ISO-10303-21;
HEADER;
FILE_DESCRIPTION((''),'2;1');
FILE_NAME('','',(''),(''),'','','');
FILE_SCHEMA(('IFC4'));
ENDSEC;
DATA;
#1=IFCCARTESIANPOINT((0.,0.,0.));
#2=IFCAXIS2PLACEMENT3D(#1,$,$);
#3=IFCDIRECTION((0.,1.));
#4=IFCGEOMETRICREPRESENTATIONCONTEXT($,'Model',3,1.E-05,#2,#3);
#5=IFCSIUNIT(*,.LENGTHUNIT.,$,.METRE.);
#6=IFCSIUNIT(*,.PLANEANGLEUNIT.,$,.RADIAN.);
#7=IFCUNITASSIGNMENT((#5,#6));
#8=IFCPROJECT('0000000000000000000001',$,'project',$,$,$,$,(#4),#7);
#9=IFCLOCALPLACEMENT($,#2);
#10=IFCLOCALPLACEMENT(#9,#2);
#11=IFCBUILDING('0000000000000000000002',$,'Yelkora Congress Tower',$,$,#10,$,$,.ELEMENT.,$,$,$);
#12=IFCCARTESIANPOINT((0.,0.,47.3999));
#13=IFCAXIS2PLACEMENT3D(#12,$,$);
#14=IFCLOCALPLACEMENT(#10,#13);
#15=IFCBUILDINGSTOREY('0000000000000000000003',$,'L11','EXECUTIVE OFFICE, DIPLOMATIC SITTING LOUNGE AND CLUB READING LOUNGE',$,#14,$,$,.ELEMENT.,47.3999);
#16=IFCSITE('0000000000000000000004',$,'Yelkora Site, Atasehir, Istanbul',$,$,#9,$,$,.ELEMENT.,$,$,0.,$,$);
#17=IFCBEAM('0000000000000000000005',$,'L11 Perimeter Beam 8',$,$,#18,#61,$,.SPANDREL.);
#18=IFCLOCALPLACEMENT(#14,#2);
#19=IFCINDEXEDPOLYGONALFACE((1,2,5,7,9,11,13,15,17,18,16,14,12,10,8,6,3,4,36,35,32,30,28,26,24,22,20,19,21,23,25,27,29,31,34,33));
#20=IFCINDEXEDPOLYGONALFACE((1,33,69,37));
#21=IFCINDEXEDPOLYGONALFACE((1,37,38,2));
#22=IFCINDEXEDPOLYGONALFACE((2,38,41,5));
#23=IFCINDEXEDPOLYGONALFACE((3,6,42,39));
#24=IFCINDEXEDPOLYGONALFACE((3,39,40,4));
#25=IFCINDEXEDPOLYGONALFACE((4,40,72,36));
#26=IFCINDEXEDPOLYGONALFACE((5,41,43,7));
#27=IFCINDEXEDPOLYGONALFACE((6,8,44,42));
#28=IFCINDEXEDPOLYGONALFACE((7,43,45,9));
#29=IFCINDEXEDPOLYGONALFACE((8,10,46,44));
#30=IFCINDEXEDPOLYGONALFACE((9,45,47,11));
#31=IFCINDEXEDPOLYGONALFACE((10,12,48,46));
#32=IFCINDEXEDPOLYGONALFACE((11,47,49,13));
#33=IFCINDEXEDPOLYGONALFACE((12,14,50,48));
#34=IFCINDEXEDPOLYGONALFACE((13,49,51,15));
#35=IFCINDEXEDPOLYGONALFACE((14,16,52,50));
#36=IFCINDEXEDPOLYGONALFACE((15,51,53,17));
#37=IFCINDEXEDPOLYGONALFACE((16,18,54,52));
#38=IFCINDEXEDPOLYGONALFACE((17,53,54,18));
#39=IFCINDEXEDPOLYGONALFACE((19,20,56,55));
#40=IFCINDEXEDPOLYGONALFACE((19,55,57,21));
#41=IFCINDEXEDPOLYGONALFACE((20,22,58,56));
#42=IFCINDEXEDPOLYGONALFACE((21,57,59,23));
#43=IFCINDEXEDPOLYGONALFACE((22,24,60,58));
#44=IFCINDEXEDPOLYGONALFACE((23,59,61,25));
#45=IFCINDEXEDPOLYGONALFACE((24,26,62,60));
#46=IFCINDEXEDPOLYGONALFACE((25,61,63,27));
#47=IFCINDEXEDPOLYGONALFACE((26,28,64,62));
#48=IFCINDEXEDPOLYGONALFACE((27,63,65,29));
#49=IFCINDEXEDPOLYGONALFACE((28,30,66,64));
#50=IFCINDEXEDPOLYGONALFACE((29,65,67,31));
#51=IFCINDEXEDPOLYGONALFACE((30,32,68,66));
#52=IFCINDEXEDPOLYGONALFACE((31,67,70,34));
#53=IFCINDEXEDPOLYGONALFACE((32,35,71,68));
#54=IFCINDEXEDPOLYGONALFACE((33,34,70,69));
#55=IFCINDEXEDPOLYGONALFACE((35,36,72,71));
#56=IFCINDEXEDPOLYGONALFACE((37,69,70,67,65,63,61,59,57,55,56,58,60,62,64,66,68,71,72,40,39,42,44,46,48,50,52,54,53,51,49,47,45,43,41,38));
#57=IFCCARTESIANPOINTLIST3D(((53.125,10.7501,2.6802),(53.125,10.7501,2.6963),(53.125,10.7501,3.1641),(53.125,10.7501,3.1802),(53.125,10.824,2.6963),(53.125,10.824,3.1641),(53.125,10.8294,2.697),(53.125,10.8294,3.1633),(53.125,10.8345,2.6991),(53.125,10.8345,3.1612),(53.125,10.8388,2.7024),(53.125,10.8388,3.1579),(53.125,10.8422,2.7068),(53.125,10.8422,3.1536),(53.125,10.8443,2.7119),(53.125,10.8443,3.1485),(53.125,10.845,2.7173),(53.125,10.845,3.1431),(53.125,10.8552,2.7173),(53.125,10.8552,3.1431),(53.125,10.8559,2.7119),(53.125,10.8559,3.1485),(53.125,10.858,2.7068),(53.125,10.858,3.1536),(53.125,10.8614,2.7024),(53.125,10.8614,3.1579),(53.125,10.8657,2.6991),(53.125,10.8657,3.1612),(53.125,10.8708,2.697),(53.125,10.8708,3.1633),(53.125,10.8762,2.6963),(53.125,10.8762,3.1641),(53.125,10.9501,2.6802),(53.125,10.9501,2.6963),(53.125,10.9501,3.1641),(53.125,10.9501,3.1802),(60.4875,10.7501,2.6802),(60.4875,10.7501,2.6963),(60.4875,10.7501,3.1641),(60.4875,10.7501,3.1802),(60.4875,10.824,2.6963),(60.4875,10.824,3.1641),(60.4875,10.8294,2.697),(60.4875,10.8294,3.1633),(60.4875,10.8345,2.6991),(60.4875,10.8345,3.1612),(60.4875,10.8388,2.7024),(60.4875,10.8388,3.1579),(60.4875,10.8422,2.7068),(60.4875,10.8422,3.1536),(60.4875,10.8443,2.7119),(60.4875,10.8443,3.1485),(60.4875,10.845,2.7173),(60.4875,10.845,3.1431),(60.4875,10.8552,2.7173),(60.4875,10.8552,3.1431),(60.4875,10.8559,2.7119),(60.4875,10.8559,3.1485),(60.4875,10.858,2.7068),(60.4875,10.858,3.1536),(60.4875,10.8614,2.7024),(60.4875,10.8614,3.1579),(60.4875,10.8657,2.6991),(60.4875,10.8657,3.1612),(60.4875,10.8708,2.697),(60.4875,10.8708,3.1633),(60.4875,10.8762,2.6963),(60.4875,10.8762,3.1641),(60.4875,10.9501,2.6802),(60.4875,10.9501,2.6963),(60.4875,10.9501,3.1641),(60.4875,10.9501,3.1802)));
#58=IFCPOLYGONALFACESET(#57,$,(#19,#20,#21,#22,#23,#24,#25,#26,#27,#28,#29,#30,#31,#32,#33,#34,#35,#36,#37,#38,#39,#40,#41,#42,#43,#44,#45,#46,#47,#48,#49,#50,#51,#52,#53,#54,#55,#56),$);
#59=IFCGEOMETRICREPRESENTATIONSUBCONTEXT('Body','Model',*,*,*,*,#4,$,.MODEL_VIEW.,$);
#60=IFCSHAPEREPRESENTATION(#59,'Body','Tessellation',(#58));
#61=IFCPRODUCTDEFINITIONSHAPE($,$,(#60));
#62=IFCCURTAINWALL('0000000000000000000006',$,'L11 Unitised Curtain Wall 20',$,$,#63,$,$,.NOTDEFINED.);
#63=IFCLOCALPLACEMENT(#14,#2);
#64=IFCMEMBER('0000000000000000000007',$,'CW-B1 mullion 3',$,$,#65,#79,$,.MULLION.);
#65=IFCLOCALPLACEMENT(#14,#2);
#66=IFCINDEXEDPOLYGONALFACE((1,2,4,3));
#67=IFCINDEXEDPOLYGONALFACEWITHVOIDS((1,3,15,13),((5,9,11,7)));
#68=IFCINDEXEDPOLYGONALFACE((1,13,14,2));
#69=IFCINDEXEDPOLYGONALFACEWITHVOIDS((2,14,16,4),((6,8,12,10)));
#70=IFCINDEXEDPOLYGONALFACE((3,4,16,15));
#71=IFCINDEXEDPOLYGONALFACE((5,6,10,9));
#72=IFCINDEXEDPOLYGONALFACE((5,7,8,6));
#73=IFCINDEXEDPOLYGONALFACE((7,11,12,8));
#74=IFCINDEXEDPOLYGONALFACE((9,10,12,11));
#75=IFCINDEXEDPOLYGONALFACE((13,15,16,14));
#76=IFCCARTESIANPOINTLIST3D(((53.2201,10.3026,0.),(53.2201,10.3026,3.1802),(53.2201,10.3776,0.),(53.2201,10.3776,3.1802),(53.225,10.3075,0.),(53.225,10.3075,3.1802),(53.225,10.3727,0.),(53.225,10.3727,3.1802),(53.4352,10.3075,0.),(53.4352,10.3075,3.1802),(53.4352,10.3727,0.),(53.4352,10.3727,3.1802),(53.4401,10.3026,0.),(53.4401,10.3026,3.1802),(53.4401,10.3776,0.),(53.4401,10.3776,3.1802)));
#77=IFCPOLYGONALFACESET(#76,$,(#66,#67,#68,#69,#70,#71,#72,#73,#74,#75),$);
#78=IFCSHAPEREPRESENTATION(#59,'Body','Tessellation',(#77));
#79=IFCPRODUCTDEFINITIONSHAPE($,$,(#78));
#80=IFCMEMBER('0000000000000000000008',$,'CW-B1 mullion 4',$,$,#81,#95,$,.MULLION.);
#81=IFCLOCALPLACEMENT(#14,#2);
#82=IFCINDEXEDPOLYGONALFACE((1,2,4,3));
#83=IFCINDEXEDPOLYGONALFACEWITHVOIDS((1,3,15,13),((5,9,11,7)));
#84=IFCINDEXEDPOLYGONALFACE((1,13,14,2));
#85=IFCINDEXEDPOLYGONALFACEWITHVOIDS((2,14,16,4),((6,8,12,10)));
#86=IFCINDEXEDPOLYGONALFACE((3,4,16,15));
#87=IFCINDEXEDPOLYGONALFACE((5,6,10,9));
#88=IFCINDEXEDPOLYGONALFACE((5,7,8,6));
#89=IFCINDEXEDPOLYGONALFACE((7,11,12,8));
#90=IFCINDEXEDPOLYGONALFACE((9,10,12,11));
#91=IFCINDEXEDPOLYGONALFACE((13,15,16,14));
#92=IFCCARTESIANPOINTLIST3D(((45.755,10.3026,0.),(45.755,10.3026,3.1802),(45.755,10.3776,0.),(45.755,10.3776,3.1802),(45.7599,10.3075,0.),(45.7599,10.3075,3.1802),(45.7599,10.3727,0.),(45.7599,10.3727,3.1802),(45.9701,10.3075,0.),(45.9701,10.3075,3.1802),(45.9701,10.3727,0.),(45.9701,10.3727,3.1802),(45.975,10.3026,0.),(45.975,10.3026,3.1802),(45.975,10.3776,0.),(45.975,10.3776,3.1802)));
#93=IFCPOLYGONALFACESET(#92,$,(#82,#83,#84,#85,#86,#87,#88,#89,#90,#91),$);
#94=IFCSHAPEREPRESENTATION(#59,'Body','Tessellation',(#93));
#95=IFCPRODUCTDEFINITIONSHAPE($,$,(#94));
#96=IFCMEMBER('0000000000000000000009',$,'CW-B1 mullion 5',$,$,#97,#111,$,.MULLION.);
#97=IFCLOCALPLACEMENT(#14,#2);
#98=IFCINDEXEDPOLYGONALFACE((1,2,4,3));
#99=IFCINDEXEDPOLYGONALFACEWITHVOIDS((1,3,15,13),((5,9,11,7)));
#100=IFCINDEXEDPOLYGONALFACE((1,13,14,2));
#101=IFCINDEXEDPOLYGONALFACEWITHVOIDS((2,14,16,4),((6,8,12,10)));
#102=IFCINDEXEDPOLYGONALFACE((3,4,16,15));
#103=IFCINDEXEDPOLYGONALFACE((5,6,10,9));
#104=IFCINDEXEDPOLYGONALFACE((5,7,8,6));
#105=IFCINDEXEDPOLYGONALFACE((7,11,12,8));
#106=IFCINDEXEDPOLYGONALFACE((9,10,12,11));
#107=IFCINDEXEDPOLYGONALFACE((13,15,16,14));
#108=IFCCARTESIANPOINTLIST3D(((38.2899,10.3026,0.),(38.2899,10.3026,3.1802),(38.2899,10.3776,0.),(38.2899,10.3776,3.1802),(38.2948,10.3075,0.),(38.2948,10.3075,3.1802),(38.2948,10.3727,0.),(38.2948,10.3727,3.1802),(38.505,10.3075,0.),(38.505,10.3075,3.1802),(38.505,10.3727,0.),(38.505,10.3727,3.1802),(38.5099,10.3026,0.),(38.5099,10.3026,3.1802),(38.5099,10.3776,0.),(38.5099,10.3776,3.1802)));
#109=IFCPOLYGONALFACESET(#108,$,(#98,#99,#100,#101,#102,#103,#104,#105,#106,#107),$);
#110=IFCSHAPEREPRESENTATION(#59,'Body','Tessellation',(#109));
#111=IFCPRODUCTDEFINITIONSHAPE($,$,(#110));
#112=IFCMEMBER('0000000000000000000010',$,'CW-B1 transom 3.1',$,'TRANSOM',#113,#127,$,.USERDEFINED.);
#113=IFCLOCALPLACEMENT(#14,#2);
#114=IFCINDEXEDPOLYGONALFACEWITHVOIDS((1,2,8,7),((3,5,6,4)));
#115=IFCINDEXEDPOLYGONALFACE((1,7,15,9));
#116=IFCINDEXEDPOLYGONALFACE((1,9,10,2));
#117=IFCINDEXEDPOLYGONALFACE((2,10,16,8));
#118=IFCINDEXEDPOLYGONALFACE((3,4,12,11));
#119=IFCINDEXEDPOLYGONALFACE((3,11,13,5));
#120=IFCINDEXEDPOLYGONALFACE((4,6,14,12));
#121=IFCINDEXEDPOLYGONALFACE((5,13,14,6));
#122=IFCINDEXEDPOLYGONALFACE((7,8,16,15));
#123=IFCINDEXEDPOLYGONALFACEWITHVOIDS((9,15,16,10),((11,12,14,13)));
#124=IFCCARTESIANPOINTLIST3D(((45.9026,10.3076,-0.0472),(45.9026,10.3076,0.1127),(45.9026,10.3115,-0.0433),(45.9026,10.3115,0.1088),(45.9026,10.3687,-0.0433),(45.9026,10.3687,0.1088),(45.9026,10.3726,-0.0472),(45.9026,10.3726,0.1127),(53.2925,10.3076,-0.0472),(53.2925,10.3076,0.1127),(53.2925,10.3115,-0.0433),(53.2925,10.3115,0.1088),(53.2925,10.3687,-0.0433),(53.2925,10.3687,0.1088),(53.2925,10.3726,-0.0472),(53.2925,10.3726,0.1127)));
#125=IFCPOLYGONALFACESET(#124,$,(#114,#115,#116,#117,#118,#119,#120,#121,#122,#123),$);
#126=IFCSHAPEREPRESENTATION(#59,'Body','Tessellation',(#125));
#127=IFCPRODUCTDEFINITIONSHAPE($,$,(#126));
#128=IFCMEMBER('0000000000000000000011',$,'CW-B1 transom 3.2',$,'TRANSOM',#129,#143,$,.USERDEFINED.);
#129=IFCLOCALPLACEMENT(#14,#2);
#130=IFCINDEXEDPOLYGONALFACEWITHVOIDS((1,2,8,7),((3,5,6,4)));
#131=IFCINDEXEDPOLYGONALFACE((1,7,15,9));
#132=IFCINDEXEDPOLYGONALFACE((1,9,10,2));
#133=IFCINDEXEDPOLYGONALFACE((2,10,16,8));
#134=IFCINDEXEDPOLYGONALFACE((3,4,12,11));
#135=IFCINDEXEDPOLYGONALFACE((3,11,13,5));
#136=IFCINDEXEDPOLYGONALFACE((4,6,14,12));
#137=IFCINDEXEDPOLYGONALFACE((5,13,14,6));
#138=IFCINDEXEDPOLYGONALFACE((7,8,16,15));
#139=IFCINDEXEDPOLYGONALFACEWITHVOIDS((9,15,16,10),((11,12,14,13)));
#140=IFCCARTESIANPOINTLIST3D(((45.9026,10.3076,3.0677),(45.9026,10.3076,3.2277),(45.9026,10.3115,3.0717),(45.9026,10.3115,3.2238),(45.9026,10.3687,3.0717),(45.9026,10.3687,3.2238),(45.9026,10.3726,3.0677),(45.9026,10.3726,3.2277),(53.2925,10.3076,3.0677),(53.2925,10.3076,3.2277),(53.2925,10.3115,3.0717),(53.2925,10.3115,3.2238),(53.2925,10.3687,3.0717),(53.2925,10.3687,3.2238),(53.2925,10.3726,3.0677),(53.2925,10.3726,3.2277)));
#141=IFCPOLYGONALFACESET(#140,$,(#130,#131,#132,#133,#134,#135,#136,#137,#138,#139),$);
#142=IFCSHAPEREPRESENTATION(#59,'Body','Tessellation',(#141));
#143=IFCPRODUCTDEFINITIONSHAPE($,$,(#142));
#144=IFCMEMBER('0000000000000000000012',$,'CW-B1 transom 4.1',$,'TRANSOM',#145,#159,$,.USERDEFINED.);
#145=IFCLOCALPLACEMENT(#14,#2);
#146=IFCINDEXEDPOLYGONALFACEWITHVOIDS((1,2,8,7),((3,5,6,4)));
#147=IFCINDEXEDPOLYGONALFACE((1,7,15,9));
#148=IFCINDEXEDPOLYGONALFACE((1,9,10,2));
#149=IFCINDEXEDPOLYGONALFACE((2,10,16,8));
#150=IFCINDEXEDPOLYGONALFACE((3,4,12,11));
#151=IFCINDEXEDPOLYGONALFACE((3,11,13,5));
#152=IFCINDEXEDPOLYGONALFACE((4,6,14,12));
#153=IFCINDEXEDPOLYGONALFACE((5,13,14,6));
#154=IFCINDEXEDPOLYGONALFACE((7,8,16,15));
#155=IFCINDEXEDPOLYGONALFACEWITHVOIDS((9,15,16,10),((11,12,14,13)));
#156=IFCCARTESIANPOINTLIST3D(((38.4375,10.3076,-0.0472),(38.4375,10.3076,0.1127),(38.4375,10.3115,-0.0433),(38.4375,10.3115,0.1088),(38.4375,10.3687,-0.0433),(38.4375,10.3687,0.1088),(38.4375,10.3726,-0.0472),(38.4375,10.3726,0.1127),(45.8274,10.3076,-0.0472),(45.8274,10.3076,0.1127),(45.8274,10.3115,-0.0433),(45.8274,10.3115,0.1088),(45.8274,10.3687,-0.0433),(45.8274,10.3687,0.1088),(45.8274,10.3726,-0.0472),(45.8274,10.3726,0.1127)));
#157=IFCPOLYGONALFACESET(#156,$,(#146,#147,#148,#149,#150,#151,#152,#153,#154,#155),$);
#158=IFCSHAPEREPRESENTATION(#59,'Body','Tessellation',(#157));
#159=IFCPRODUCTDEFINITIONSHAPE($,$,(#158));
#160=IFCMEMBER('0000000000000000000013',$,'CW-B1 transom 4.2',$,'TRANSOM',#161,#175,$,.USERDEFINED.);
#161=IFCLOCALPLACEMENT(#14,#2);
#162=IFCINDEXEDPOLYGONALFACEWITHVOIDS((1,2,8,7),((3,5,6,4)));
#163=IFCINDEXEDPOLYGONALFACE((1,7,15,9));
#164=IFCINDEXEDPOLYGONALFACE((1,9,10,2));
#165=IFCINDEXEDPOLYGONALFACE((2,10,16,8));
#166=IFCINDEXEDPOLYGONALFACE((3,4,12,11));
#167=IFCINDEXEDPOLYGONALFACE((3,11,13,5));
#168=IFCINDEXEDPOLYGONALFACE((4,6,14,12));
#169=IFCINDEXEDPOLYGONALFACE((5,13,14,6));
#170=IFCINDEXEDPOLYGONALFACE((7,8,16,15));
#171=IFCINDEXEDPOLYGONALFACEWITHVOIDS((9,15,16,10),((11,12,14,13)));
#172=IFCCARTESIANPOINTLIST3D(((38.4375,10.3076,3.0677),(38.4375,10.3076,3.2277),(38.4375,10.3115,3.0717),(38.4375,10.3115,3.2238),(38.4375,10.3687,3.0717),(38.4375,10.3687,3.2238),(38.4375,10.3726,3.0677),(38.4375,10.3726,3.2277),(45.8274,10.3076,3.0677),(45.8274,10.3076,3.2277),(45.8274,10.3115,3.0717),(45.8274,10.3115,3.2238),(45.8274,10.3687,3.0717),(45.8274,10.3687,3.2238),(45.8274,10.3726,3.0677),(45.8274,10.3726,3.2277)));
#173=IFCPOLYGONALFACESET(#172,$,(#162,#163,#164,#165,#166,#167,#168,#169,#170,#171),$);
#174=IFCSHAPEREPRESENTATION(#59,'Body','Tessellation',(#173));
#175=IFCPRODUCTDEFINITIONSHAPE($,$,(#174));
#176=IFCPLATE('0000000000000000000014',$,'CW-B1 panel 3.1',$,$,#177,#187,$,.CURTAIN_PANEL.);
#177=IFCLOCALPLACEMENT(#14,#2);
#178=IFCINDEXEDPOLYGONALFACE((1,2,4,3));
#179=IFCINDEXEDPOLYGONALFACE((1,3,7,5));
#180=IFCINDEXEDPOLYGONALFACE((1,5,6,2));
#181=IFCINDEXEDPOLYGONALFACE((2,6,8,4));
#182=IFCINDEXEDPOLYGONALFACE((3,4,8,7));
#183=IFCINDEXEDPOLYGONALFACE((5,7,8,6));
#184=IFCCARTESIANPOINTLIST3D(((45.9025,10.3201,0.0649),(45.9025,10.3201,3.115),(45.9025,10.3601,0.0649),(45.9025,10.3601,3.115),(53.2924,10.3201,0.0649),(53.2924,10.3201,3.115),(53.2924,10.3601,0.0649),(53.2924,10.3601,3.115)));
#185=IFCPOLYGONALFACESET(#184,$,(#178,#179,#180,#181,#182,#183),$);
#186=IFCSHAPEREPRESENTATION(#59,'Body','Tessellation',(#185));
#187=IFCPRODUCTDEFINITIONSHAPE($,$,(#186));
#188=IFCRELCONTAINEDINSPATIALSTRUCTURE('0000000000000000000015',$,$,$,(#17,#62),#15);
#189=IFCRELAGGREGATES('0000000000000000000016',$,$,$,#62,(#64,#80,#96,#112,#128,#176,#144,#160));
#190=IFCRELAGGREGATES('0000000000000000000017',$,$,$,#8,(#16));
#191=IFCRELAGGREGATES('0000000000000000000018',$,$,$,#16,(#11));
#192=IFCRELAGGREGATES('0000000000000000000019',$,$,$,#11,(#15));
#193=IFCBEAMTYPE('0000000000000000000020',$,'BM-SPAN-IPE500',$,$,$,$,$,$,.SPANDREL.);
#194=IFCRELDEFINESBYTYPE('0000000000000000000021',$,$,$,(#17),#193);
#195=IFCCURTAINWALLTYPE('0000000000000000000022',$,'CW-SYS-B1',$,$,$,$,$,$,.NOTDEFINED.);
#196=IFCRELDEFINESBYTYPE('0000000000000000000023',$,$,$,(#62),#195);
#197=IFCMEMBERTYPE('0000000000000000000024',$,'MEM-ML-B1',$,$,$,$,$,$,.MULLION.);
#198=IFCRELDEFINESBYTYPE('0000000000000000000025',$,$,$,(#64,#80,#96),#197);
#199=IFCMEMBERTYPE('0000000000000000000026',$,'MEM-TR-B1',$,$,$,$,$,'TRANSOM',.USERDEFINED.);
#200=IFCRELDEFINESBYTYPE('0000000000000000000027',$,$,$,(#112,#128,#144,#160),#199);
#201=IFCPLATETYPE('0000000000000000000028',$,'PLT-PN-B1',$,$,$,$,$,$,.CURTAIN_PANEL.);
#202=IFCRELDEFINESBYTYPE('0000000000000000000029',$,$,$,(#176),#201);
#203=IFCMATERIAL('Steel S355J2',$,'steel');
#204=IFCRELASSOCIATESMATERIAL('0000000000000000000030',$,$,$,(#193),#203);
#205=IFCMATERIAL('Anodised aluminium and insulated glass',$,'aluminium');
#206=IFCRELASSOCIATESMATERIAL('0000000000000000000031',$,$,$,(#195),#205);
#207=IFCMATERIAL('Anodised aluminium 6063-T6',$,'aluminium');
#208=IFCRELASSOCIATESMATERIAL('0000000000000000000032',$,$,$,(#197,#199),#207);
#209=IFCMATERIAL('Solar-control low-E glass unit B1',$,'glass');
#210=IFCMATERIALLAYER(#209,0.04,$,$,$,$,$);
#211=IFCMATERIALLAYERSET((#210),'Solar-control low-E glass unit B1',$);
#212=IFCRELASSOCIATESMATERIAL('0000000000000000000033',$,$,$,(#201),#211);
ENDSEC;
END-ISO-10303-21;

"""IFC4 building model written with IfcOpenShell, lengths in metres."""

from ifc_helpers import new_model, si_unit, direction, frame, origin, origin_2d, place, context, subcontext, project, spatial, rectangle, hollow_rectangle, i_section, extrude, material, layer, layer_set, material_profile, profile_set, type_object, element, aggregate, save


model = new_model("IFC4")

# Units and contexts
model_context = context("Model", 3, precision=1e-05, world=origin(), true_north=direction((0.0, 1.0)))
body_context = subcontext(model_context, "Body", "Model", "MODEL_VIEW")
ifc_project = project(units=[si_unit("LENGTHUNIT", "METRE"), si_unit("PLANEANGLEUNIT", "RADIAN")], contexts=[model_context])

# Site, building, storey
site_placement = place(None, origin())
site = spatial("IfcSite", under=ifc_project, at=site_placement, Name="Yelkora Site, Atasehir, Istanbul", CompositionType="ELEMENT", RefElevation=0.0)
building_placement = place(site_placement, origin())
building = spatial("IfcBuilding", under=site, at=building_placement, Name="Yelkora Congress Tower", CompositionType="ELEMENT")
storey_placement = place(building_placement, frame((0.0, 0.0, 47.3999)))
storey = spatial("IfcBuildingStorey", under=building, at=storey_placement, Name="L11", Description="EXECUTIVE OFFICE, DIPLOMATIC SITTING LOUNGE AND CLUB READING LOUNGE", CompositionType="ELEMENT", Elevation=47.3999)

# Beam
ifc_material_1 = material(Name="Steel S355J2", Category="steel")
ifc_material_profile_1 = material_profile(ifc_material_1, i_section(OverallWidth=0.2, OverallDepth=0.5, WebThickness=0.0103, FlangeThickness=0.0161, FilletRadius=0.021, at=origin_2d()), Name="IPE 500")
ifc_profile_set_1 = profile_set([ifc_material_profile_1], Name="Steel S355J2")
beam_type_1 = type_object("IfcBeamType", Name="BM-SPAN-IPE500", PredefinedType="SPANDREL", material=ifc_profile_set_1)
for number, where, z_axis, x_axis, name in (
    (1, (53.125, 10.8501, 2.9302), (1.0, 0.0, 0.0), (0.0, 1.0, 0.0), "L11 Perimeter Beam 8"),
):
    element("IfcBeam", number, at=place(storey_placement, frame(where, z_axis=z_axis, x_axis=x_axis)), inside=storey, type_object=beam_type_1, Name=name, PredefinedType="SPANDREL", context=body_context, shape_type="SweptSolid", body=[
        extrude(i_section(OverallWidth=0.2, OverallDepth=0.5, WebThickness=0.0103, FlangeThickness=0.0161, FilletRadius=0.021, at=origin_2d()), origin(), (0.0, 0.0, 1.0), 7.3625),
    ])

# Curtain wall, members, plate
ifc_material_2 = material(Name="Anodised aluminium and insulated glass", Category="aluminium")
curtain_wall_type = type_object("IfcCurtainWallType", Name="CW-SYS-B1", PredefinedType="NOTDEFINED", material=ifc_material_2)
curtain_wall_placement = place(storey_placement, origin())
curtain_wall = element("IfcCurtainWall", 2, at=curtain_wall_placement, inside=storey, type_object=curtain_wall_type, Name="L11 Unitised Curtain Wall 20", PredefinedType="NOTDEFINED")
ifc_material_3 = material(Name="Anodised aluminium 6063-T6", Category="aluminium")
ifc_material_profile_2 = material_profile(ifc_material_3, hollow_rectangle(XDim=0.075, YDim=0.22, WallThickness=0.0049, at=origin_2d()), Name="ALU 75x220x5")
ifc_profile_set_2 = profile_set([ifc_material_profile_2], Name="Anodised aluminium 6063-T6")
member_type_1 = type_object("IfcMemberType", Name="MEM-ML-B1", PredefinedType="MULLION", material=ifc_profile_set_2)
member_1_placement = place(storey_placement, frame((53.3301, 10.3401, 0.0), z_axis=(0.0, 0.0, 1.0), x_axis=(0.0, -1.0, 0.0)))
member_1 = element("IfcMember", 3, at=member_1_placement, type_object=member_type_1, Name="CW-B1 mullion 3", PredefinedType="MULLION", context=body_context, shape_type="SweptSolid", body=[
    extrude(hollow_rectangle(XDim=0.075, YDim=0.22, WallThickness=0.0049, at=origin_2d()), origin(), (0.0, 0.0, 1.0), 3.1802),
])
member_2_placement = place(storey_placement, frame((45.865, 10.3401, 0.0), z_axis=(0.0, 0.0, 1.0), x_axis=(0.0, -1.0, 0.0)))
member_2 = element("IfcMember", 4, at=member_2_placement, type_object=member_type_1, Name="CW-B1 mullion 4", PredefinedType="MULLION", context=body_context, shape_type="SweptSolid", body=[
    extrude(hollow_rectangle(XDim=0.075, YDim=0.22, WallThickness=0.0049, at=origin_2d()), origin(), (0.0, 0.0, 1.0), 3.1802),
])
member_3_placement = place(storey_placement, frame((38.3999, 10.3401, 0.0), z_axis=(0.0, 0.0, 1.0), x_axis=(0.0, -1.0, 0.0)))
member_3 = element("IfcMember", 5, at=member_3_placement, type_object=member_type_1, Name="CW-B1 mullion 5", PredefinedType="MULLION", context=body_context, shape_type="SweptSolid", body=[
    extrude(hollow_rectangle(XDim=0.075, YDim=0.22, WallThickness=0.0049, at=origin_2d()), origin(), (0.0, 0.0, 1.0), 3.1802),
])
ifc_material_profile_3 = material_profile(ifc_material_3, hollow_rectangle(XDim=0.0649, YDim=0.1599, WallThickness=0.0039, at=origin_2d()), Name="ALU 65x160x4")
ifc_profile_set_3 = profile_set([ifc_material_profile_3], Name="Anodised aluminium 6063-T6")
member_type_2 = type_object("IfcMemberType", Name="MEM-TR-B1", ElementType="TRANSOM", PredefinedType="USERDEFINED", material=ifc_profile_set_3)
member_4_placement = place(storey_placement, frame((53.2925, 10.3401, 0.0327), z_axis=(-1.0, 0.0, 0.0), x_axis=(0.0, -1.0, 0.0)))
member_4 = element("IfcMember", 6, at=member_4_placement, type_object=member_type_2, Name="CW-B1 transom 3.1", ObjectType="TRANSOM", PredefinedType="USERDEFINED", context=body_context, shape_type="SweptSolid", body=[
    extrude(hollow_rectangle(XDim=0.0649, YDim=0.1599, WallThickness=0.0039, at=origin_2d()), origin(), (0.0, 0.0, 1.0), 7.3899),
])
member_5_placement = place(storey_placement, frame((53.2925, 10.3401, 3.1477), z_axis=(-1.0, 0.0, 0.0), x_axis=(0.0, -1.0, 0.0)))
member_5 = element("IfcMember", 7, at=member_5_placement, type_object=member_type_2, Name="CW-B1 transom 3.2", ObjectType="TRANSOM", PredefinedType="USERDEFINED", context=body_context, shape_type="SweptSolid", body=[
    extrude(hollow_rectangle(XDim=0.0649, YDim=0.1599, WallThickness=0.0039, at=origin_2d()), origin(), (0.0, 0.0, 1.0), 7.3899),
])
member_6_placement = place(storey_placement, frame((45.8274, 10.3401, 0.0327), z_axis=(-1.0, 0.0, 0.0), x_axis=(0.0, -1.0, 0.0)))
member_6 = element("IfcMember", 8, at=member_6_placement, type_object=member_type_2, Name="CW-B1 transom 4.1", ObjectType="TRANSOM", PredefinedType="USERDEFINED", context=body_context, shape_type="SweptSolid", body=[
    extrude(hollow_rectangle(XDim=0.0649, YDim=0.1599, WallThickness=0.0039, at=origin_2d()), origin(), (0.0, 0.0, 1.0), 7.3899),
])
member_7_placement = place(storey_placement, frame((45.8274, 10.3401, 3.1477), z_axis=(-1.0, 0.0, 0.0), x_axis=(0.0, -1.0, 0.0)))
member_7 = element("IfcMember", 9, at=member_7_placement, type_object=member_type_2, Name="CW-B1 transom 4.2", ObjectType="TRANSOM", PredefinedType="USERDEFINED", context=body_context, shape_type="SweptSolid", body=[
    extrude(hollow_rectangle(XDim=0.0649, YDim=0.1599, WallThickness=0.0039, at=origin_2d()), origin(), (0.0, 0.0, 1.0), 7.3899),
])
ifc_material_4 = material(Name="Solar-control low-E glass unit B1", Category="glass")
ifc_layer_1 = layer(ifc_material_4, 0.04)
ifc_layer_set_1 = layer_set([ifc_layer_1], Name="Solar-control low-E glass unit B1")
plate_type = type_object("IfcPlateType", Name="PLT-PN-B1", PredefinedType="CURTAIN_PANEL", material=ifc_layer_set_1)
plate_1_placement = place(storey_placement, frame((49.5974, 10.3401, 0.0649), z_axis=(0.0, 0.0, 1.0), x_axis=(-1.0, 0.0, 0.0)))
plate_1 = element("IfcPlate", 10, at=plate_1_placement, type_object=plate_type, Name="CW-B1 panel 3.1", PredefinedType="CURTAIN_PANEL", context=body_context, shape_type="SweptSolid", body=[
    extrude(rectangle(XDim=7.3899, YDim=0.04, at=origin_2d()), origin(), (0.0, 0.0, 1.0), 3.05),
])
aggregate(curtain_wall, [member_1, member_2, member_3, member_4, member_5, plate_1, member_6, member_7])

save(model, "model.ifc")
